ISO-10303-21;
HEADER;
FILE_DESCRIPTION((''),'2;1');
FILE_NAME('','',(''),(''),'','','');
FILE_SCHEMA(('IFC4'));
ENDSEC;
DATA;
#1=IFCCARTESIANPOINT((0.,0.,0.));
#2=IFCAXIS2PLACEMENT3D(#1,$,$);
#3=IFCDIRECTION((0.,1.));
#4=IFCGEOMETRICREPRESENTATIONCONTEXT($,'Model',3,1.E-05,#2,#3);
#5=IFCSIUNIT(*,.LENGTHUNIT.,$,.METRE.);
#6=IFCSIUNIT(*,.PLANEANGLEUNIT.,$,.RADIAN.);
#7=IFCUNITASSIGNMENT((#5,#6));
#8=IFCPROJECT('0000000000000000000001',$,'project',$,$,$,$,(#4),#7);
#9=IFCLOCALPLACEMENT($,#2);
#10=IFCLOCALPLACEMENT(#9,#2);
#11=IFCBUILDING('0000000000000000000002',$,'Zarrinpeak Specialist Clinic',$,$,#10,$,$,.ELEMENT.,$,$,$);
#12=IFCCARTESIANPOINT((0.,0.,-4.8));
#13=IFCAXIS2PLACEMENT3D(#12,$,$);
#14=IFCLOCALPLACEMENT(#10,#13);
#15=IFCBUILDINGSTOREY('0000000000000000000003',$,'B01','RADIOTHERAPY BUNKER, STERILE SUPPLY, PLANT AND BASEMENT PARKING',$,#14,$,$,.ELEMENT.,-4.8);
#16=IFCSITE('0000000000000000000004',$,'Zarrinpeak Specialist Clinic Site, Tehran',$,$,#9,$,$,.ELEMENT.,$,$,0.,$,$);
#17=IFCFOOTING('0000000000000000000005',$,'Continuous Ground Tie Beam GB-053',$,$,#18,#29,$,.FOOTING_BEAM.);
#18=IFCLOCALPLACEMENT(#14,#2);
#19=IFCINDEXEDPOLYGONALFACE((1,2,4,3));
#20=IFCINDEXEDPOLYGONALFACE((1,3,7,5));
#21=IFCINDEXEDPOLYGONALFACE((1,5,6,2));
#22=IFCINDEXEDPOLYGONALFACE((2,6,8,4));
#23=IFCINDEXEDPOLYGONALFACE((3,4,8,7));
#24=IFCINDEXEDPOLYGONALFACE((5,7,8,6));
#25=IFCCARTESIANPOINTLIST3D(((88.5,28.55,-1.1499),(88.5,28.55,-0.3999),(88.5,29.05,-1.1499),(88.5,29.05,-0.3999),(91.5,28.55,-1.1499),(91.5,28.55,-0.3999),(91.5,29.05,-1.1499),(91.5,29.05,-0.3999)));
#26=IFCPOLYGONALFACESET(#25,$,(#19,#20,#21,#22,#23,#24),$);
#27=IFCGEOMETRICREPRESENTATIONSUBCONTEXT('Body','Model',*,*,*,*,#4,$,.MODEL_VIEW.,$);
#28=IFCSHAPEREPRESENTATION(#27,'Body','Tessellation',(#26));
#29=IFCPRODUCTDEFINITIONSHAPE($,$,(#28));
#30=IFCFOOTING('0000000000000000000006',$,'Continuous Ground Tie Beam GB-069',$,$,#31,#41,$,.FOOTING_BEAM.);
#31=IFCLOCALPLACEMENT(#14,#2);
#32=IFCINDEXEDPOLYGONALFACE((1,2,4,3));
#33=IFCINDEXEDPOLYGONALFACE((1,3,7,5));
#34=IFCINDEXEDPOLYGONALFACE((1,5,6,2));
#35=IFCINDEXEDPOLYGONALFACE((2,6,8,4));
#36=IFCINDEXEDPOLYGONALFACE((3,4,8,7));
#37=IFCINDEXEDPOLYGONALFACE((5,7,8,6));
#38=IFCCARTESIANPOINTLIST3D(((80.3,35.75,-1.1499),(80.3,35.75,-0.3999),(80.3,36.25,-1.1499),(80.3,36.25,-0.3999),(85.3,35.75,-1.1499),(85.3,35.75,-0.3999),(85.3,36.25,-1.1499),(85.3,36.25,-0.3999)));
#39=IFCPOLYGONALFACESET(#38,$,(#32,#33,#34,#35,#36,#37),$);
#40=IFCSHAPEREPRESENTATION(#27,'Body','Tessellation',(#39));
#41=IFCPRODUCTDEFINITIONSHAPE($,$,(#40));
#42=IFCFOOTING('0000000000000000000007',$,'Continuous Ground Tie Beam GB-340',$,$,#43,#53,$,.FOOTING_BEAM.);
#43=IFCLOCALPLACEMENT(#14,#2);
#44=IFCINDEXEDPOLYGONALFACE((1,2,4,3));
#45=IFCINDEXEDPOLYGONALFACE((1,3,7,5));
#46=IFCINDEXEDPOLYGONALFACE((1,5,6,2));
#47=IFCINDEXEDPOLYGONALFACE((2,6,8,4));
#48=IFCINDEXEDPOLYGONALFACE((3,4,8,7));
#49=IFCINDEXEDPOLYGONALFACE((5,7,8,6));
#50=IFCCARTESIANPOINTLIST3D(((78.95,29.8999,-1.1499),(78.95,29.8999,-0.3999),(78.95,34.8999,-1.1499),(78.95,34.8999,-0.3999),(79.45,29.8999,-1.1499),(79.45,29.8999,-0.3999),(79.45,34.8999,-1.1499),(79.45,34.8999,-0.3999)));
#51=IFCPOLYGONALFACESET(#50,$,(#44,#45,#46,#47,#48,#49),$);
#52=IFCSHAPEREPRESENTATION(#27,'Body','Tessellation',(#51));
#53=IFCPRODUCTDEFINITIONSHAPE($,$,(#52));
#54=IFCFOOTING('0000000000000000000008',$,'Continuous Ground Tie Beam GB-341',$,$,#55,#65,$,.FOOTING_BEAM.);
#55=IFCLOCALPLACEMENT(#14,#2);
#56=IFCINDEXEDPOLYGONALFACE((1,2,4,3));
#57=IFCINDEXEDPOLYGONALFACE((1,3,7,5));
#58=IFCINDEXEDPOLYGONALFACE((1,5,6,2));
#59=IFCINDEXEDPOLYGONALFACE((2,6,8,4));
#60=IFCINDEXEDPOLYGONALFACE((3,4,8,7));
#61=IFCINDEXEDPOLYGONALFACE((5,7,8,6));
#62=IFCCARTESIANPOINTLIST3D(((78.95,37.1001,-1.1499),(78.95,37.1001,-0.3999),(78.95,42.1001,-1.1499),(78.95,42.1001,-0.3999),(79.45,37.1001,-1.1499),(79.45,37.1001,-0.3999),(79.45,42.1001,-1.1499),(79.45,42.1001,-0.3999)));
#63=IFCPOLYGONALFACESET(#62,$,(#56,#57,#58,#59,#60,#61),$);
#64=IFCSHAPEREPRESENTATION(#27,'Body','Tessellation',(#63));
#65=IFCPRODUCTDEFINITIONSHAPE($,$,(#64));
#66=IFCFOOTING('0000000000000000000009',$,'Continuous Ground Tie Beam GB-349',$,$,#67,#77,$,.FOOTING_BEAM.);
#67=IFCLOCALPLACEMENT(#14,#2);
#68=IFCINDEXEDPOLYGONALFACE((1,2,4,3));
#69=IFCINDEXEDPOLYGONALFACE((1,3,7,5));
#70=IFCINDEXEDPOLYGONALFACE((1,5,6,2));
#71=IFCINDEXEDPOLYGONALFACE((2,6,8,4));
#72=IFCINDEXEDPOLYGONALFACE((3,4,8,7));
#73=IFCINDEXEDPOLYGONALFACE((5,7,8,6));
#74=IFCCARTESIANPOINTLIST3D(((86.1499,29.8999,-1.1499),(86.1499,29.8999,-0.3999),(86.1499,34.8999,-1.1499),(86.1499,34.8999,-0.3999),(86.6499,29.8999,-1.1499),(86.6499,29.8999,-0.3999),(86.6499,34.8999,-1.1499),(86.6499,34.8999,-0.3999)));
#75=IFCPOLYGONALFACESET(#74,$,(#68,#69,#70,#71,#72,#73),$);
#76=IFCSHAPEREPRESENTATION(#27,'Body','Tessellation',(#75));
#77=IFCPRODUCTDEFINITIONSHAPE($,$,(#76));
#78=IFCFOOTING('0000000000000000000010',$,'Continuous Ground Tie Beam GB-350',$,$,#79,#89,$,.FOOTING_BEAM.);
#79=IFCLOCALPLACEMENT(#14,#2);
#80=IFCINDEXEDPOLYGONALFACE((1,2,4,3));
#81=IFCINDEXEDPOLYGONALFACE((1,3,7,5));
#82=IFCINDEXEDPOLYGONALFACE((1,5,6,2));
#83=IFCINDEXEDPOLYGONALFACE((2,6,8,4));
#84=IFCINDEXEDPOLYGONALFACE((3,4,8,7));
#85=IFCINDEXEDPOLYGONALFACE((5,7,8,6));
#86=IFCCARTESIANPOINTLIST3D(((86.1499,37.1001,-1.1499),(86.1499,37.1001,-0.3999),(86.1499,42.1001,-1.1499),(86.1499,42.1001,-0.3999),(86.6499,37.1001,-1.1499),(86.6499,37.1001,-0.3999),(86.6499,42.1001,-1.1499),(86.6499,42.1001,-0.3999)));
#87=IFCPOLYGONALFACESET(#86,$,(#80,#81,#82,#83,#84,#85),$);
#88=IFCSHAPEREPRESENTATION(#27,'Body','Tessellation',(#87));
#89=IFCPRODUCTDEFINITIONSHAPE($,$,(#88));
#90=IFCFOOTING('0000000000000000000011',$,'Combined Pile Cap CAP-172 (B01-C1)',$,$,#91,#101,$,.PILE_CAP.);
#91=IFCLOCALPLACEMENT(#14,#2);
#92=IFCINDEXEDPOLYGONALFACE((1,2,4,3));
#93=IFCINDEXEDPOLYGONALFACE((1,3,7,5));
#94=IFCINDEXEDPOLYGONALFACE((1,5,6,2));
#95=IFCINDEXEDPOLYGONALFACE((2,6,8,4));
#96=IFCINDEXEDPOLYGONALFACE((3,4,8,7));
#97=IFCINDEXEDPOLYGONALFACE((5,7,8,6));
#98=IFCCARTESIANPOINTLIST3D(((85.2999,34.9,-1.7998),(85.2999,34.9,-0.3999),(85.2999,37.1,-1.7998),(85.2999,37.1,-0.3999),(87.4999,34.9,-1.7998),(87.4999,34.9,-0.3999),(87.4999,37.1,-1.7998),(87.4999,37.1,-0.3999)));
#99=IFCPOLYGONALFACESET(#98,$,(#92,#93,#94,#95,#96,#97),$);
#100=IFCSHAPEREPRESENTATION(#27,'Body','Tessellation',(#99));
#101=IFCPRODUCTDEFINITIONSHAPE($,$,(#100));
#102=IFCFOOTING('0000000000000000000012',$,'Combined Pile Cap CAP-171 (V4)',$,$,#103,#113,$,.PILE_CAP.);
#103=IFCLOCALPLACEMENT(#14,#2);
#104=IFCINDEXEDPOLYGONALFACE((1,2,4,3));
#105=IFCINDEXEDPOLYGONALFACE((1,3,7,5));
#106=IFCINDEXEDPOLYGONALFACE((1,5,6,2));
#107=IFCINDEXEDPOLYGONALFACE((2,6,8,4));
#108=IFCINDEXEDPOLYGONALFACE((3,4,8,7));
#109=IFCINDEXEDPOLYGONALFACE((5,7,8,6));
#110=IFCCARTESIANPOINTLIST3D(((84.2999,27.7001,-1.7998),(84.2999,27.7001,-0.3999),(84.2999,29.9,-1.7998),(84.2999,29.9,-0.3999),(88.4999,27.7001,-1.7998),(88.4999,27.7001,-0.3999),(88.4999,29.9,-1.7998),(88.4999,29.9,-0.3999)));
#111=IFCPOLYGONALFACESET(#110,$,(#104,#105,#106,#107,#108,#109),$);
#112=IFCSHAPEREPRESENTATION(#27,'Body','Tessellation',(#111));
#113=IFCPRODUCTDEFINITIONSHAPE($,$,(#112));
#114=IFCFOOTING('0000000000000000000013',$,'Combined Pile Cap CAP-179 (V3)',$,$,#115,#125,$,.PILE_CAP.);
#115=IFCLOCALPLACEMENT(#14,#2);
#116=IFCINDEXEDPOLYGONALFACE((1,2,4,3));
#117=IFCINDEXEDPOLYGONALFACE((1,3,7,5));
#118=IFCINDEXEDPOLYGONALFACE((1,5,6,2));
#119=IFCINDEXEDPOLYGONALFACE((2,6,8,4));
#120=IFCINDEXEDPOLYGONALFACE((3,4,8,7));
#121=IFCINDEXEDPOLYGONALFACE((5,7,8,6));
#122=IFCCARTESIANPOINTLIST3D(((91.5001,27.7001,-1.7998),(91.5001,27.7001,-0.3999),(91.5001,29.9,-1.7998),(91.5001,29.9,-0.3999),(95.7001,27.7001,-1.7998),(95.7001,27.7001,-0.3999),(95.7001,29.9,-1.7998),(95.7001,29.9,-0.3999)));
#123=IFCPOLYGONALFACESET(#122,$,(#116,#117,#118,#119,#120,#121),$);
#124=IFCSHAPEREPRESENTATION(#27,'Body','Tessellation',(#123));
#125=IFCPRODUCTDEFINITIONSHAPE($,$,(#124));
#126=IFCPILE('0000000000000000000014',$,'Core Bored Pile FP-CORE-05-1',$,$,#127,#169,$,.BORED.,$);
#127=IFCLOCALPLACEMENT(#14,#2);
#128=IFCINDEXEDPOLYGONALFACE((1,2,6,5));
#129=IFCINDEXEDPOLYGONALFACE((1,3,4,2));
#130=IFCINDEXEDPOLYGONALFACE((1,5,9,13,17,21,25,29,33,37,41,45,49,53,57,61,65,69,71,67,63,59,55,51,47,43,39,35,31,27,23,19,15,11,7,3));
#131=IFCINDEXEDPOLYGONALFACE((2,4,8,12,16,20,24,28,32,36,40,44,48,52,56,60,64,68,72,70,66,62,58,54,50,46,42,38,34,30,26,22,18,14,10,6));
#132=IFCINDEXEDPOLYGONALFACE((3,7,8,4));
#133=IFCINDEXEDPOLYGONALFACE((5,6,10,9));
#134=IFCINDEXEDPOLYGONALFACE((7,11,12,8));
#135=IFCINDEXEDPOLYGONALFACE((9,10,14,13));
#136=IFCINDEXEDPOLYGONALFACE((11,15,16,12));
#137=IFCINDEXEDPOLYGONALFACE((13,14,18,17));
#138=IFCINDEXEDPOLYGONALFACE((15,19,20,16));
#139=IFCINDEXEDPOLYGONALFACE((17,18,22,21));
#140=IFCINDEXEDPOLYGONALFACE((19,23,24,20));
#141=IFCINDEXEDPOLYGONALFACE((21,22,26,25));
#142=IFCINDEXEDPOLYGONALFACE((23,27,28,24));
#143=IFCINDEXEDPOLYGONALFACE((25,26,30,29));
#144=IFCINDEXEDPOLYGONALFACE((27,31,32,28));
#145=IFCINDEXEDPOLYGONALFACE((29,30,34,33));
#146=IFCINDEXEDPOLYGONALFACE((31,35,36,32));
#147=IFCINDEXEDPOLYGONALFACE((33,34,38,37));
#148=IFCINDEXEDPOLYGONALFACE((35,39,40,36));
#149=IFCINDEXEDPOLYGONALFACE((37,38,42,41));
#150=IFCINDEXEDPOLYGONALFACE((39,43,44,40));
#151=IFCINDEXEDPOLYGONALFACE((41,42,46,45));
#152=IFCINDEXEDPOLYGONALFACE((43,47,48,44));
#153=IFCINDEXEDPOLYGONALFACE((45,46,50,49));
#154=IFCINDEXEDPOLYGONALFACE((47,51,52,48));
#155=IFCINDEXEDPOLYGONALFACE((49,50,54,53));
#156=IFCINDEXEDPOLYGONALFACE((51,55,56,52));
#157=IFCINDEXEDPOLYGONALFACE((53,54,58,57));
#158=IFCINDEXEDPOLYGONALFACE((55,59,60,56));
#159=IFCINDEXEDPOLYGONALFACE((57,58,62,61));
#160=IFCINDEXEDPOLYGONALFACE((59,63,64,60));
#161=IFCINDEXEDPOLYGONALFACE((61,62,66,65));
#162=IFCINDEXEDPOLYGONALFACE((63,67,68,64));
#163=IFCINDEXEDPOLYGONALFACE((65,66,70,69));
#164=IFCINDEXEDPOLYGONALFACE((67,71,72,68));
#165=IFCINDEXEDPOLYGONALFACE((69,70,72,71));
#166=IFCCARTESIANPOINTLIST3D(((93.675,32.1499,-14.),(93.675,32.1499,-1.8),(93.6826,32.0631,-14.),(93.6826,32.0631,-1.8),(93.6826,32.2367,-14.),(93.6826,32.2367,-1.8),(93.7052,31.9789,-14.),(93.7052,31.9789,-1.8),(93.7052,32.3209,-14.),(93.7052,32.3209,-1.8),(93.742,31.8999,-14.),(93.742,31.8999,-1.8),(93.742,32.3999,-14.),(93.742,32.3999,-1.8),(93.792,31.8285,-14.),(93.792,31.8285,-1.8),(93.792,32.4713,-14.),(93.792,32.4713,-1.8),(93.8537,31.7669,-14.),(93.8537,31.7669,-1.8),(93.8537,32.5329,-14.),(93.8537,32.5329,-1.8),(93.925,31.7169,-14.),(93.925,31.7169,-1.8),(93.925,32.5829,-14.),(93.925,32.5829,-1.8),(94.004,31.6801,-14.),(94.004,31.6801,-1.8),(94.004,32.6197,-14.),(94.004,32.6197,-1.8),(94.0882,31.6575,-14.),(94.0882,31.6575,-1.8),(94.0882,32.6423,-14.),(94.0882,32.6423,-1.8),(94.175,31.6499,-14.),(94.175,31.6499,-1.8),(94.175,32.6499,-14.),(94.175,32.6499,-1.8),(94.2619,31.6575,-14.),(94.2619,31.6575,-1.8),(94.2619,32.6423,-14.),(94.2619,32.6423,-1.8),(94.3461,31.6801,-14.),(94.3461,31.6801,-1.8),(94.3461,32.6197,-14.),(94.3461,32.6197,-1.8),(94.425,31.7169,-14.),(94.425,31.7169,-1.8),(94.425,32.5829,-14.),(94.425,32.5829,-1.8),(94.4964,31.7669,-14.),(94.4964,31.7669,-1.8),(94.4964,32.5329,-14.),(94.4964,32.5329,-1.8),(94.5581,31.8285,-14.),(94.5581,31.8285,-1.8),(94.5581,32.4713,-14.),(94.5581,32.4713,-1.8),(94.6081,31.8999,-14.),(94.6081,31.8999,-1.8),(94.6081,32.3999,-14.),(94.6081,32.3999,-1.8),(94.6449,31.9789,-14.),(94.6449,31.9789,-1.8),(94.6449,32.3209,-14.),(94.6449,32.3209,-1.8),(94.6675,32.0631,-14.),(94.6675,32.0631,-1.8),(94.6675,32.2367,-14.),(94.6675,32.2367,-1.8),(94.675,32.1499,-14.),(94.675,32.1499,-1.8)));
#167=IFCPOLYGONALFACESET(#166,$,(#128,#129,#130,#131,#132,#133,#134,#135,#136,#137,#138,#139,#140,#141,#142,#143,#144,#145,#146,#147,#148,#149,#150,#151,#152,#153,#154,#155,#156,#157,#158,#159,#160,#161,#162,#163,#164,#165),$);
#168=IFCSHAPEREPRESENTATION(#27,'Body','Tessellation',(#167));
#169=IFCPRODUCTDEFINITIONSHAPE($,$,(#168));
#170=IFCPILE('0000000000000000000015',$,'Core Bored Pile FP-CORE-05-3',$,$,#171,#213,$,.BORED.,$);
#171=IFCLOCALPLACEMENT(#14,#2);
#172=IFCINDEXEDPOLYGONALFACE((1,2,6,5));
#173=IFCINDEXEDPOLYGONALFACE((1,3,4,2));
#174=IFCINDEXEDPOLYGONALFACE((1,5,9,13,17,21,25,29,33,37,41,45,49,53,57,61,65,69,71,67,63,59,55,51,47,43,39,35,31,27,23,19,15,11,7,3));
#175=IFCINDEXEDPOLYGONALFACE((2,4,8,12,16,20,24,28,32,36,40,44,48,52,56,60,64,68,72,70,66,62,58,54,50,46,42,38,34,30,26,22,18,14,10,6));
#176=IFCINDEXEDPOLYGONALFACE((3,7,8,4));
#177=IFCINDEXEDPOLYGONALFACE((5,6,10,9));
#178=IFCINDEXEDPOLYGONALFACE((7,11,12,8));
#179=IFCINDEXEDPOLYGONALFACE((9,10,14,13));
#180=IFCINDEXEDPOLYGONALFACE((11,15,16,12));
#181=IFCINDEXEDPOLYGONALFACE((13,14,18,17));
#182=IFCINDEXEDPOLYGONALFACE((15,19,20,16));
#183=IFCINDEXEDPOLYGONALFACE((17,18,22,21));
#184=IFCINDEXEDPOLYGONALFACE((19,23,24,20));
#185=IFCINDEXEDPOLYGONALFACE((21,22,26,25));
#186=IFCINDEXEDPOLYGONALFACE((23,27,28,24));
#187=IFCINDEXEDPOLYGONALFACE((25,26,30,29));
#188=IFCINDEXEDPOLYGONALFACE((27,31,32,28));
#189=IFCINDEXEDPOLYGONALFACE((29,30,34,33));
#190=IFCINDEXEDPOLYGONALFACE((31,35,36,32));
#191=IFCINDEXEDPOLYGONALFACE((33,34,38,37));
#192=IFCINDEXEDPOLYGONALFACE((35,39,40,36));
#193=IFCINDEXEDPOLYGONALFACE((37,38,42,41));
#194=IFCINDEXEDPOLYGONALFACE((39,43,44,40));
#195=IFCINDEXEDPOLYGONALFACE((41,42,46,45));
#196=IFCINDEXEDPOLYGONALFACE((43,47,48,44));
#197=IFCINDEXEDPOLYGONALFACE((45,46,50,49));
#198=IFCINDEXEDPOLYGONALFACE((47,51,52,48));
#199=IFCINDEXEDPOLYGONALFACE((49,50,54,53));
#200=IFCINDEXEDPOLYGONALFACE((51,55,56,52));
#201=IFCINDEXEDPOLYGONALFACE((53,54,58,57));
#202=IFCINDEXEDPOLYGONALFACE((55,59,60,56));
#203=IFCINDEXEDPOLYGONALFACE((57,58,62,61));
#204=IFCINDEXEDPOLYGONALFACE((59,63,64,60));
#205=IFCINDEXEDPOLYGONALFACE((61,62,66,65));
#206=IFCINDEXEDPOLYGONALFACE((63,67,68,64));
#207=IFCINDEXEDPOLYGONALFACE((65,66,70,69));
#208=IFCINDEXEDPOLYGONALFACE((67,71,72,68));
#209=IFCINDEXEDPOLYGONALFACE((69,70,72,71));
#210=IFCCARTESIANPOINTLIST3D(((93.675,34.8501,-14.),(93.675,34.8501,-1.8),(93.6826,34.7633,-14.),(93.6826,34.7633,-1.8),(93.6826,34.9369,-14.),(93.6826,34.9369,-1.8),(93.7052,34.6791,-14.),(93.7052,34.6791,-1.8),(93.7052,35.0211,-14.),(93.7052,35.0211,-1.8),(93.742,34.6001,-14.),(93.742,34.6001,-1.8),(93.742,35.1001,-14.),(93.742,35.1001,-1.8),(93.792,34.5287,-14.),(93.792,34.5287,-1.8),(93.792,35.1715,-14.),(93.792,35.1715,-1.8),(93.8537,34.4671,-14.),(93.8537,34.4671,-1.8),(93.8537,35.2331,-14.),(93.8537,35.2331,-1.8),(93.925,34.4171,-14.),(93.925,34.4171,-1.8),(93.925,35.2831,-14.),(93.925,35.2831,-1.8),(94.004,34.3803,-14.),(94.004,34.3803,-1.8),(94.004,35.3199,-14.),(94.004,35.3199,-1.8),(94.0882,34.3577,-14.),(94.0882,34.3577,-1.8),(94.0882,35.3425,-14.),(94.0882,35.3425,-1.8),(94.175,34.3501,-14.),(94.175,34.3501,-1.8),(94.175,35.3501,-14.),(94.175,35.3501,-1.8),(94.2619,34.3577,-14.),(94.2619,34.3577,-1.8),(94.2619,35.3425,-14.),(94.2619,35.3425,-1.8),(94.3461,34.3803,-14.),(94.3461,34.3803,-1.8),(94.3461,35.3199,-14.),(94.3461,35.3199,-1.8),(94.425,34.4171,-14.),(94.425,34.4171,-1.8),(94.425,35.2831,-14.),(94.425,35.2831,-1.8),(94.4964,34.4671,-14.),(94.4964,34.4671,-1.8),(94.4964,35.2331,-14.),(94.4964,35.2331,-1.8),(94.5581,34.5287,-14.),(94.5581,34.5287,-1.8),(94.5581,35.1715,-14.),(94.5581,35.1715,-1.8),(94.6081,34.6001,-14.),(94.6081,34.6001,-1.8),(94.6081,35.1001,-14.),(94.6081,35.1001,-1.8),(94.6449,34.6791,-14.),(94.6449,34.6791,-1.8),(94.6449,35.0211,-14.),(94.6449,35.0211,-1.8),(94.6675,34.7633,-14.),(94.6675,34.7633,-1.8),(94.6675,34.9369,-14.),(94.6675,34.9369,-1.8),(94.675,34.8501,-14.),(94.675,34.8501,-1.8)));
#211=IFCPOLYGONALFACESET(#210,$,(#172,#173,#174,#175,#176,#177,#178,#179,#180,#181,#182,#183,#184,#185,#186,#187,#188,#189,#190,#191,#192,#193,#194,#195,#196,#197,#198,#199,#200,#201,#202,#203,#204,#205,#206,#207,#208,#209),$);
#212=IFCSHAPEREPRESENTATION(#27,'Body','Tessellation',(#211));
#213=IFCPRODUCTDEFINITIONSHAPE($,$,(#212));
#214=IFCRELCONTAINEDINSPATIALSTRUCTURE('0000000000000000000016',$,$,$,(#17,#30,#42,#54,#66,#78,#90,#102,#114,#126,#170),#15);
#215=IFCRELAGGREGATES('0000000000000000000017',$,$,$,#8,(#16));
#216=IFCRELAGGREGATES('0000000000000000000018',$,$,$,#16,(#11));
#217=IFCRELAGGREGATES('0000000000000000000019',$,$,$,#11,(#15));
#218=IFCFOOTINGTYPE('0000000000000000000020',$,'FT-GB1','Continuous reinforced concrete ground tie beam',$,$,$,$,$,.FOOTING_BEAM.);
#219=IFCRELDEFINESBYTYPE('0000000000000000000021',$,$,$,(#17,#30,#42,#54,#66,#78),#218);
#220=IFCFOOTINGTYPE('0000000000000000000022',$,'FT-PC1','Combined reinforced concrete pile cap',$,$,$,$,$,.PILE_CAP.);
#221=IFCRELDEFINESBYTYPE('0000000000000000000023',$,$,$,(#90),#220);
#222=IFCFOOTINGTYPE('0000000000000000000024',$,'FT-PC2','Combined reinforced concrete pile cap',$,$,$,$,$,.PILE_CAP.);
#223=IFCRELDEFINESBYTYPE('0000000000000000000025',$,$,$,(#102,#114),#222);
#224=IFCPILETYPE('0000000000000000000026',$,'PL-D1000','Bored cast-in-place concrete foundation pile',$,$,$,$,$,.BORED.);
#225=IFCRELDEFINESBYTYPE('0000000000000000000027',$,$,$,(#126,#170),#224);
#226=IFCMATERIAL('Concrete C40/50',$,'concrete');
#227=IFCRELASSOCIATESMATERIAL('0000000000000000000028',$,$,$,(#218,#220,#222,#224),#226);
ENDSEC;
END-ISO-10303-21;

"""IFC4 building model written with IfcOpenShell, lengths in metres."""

from ifc_helpers import new_model, si_unit, direction, frame, origin, origin_2d, place, context, subcontext, project, spatial, rectangle, circle, extrude, material, material_profile, profile_set, type_object, element, save


model = new_model("IFC4")

# Units and contexts
model_context = context("Model", 3, precision=1e-05, world=origin(), true_north=direction((0.0, 1.0)))
body_context = subcontext(model_context, "Body", "Model", "MODEL_VIEW")
ifc_project = project(units=[si_unit("LENGTHUNIT", "METRE"), si_unit("PLANEANGLEUNIT", "RADIAN")], contexts=[model_context])

# Site, building, storey
site_placement = place(None, origin())
site = spatial("IfcSite", under=ifc_project, at=site_placement, Name="Zarrinpeak Specialist Clinic Site, Tehran", CompositionType="ELEMENT", RefElevation=0.0)
building_placement = place(site_placement, origin())
building = spatial("IfcBuilding", under=site, at=building_placement, Name="Zarrinpeak Specialist Clinic", CompositionType="ELEMENT")
storey_placement = place(building_placement, frame((0.0, 0.0, -4.8)))
storey = spatial("IfcBuildingStorey", under=building, at=storey_placement, Name="B01", Description="RADIOTHERAPY BUNKER, STERILE SUPPLY, PLANT AND BASEMENT PARKING", CompositionType="ELEMENT", Elevation=-4.8)

# Footings
ifc_material_1 = material(Name="Concrete C40/50", Category="concrete")
ifc_material_profile_1 = material_profile(ifc_material_1, rectangle(XDim=0.5, YDim=0.75, at=origin_2d()), Name="RC 500x750")
ifc_profile_set_1 = profile_set([ifc_material_profile_1], Name="Concrete C40/50")
footing_type_1 = type_object("IfcFootingType", Name="FT-GB1", Description="Continuous reinforced concrete ground tie beam", PredefinedType="FOOTING_BEAM", material=ifc_profile_set_1)
footing_1_placement = place(storey_placement, frame((88.5, 28.8, -0.7749), z_axis=(1.0, 0.0, 0.0), x_axis=(0.0, 1.0, 0.0)))
element("IfcFooting", 1, at=footing_1_placement, inside=storey, type_object=footing_type_1, Name="Continuous Ground Tie Beam GB-053", PredefinedType="FOOTING_BEAM", context=body_context, shape_type="SweptSolid", body=[
    extrude(rectangle(XDim=0.5, YDim=0.75, at=origin_2d()), origin(), (0.0, 0.0, 1.0), 3.0),
])
for number, where, z_axis, x_axis, name in (
    (2, (80.3, 36.0, -0.7749), (1.0, 0.0, 0.0), (0.0, 1.0, 0.0), "Continuous Ground Tie Beam GB-069"),
    (3, (79.2, 29.8999, -0.7749), (0.0, 1.0, 0.0), (-1.0, 0.0, 0.0), "Continuous Ground Tie Beam GB-340"),
    (4, (79.2, 37.1001, -0.7749), (0.0, 1.0, 0.0), (-1.0, 0.0, 0.0), "Continuous Ground Tie Beam GB-341"),
    (5, (86.3999, 29.8999, -0.7749), (0.0, 1.0, 0.0), (-1.0, 0.0, 0.0), "Continuous Ground Tie Beam GB-349"),
    (6, (86.3999, 37.1001, -0.7749), (0.0, 1.0, 0.0), (-1.0, 0.0, 0.0), "Continuous Ground Tie Beam GB-350"),
):
    element("IfcFooting", number, at=place(storey_placement, frame(where, z_axis=z_axis, x_axis=x_axis)), inside=storey, type_object=footing_type_1, Name=name, PredefinedType="FOOTING_BEAM", context=body_context, shape_type="SweptSolid", body=[
        extrude(rectangle(XDim=0.5, YDim=0.75, at=origin_2d()), origin(), (0.0, 0.0, 1.0), 5.0),
    ])
footing_type_2 = type_object("IfcFootingType", Name="FT-PC1", Description="Combined reinforced concrete pile cap", PredefinedType="PILE_CAP", material=ifc_material_1)
footing_2_placement = place(storey_placement, frame((86.3999, 36.0, -1.7998), z_axis=(0.0, 0.0, 1.0), x_axis=(1.0, 0.0, 0.0)))
element("IfcFooting", 7, at=footing_2_placement, inside=storey, type_object=footing_type_2, Name="Combined Pile Cap CAP-172 (B01-C1)", PredefinedType="PILE_CAP", context=body_context, shape_type="SweptSolid", body=[
    extrude(rectangle(XDim=2.2, YDim=2.2, at=origin_2d()), origin(), (0.0, 0.0, 1.0), 1.3999),
])
footing_type_3 = type_object("IfcFootingType", Name="FT-PC2", Description="Combined reinforced concrete pile cap", PredefinedType="PILE_CAP", material=ifc_material_1)
for number, where, z_axis, x_axis, name in (
    (8, (86.3999, 28.8, -1.7998), (0.0, 0.0, 1.0), (1.0, 0.0, 0.0), "Combined Pile Cap CAP-171 (V4)"),
    (9, (93.6001, 28.8, -1.7998), (0.0, 0.0, 1.0), (1.0, 0.0, 0.0), "Combined Pile Cap CAP-179 (V3)"),
):
    element("IfcFooting", number, at=place(storey_placement, frame(where, z_axis=z_axis, x_axis=x_axis)), inside=storey, type_object=footing_type_3, Name=name, PredefinedType="PILE_CAP", context=body_context, shape_type="SweptSolid", body=[
        extrude(rectangle(XDim=4.2, YDim=2.2, at=origin_2d()), origin(), (0.0, 0.0, 1.0), 1.3999),
    ])

# Piles
ifc_material_profile_2 = material_profile(ifc_material_1, circle(Radius=0.5, at=origin_2d()), Name="BORED PILE D1000")
ifc_profile_set_2 = profile_set([ifc_material_profile_2], Name="Concrete C40/50")
pile_type_1 = type_object("IfcPileType", Name="PL-D1000", Description="Bored cast-in-place concrete foundation pile", PredefinedType="BORED", material=ifc_profile_set_2)
for number, where, z_axis, x_axis, name in (
    (10, (94.175, 32.1499, -1.8), (0.0, 0.0, -1.0), (1.0, 0.0, 0.0), "Core Bored Pile FP-CORE-05-1"),
    (11, (94.175, 34.8501, -1.8), (0.0, 0.0, -1.0), (1.0, 0.0, 0.0), "Core Bored Pile FP-CORE-05-3"),
):
    element("IfcPile", number, at=place(storey_placement, frame(where, z_axis=z_axis, x_axis=x_axis)), inside=storey, type_object=pile_type_1, Name=name, PredefinedType="BORED", context=body_context, shape_type="SweptSolid", body=[
        extrude(circle(Radius=0.5, at=origin_2d()), origin(), (0.0, 0.0, 1.0), 12.2),
    ])

save(model, "model.ifc")
